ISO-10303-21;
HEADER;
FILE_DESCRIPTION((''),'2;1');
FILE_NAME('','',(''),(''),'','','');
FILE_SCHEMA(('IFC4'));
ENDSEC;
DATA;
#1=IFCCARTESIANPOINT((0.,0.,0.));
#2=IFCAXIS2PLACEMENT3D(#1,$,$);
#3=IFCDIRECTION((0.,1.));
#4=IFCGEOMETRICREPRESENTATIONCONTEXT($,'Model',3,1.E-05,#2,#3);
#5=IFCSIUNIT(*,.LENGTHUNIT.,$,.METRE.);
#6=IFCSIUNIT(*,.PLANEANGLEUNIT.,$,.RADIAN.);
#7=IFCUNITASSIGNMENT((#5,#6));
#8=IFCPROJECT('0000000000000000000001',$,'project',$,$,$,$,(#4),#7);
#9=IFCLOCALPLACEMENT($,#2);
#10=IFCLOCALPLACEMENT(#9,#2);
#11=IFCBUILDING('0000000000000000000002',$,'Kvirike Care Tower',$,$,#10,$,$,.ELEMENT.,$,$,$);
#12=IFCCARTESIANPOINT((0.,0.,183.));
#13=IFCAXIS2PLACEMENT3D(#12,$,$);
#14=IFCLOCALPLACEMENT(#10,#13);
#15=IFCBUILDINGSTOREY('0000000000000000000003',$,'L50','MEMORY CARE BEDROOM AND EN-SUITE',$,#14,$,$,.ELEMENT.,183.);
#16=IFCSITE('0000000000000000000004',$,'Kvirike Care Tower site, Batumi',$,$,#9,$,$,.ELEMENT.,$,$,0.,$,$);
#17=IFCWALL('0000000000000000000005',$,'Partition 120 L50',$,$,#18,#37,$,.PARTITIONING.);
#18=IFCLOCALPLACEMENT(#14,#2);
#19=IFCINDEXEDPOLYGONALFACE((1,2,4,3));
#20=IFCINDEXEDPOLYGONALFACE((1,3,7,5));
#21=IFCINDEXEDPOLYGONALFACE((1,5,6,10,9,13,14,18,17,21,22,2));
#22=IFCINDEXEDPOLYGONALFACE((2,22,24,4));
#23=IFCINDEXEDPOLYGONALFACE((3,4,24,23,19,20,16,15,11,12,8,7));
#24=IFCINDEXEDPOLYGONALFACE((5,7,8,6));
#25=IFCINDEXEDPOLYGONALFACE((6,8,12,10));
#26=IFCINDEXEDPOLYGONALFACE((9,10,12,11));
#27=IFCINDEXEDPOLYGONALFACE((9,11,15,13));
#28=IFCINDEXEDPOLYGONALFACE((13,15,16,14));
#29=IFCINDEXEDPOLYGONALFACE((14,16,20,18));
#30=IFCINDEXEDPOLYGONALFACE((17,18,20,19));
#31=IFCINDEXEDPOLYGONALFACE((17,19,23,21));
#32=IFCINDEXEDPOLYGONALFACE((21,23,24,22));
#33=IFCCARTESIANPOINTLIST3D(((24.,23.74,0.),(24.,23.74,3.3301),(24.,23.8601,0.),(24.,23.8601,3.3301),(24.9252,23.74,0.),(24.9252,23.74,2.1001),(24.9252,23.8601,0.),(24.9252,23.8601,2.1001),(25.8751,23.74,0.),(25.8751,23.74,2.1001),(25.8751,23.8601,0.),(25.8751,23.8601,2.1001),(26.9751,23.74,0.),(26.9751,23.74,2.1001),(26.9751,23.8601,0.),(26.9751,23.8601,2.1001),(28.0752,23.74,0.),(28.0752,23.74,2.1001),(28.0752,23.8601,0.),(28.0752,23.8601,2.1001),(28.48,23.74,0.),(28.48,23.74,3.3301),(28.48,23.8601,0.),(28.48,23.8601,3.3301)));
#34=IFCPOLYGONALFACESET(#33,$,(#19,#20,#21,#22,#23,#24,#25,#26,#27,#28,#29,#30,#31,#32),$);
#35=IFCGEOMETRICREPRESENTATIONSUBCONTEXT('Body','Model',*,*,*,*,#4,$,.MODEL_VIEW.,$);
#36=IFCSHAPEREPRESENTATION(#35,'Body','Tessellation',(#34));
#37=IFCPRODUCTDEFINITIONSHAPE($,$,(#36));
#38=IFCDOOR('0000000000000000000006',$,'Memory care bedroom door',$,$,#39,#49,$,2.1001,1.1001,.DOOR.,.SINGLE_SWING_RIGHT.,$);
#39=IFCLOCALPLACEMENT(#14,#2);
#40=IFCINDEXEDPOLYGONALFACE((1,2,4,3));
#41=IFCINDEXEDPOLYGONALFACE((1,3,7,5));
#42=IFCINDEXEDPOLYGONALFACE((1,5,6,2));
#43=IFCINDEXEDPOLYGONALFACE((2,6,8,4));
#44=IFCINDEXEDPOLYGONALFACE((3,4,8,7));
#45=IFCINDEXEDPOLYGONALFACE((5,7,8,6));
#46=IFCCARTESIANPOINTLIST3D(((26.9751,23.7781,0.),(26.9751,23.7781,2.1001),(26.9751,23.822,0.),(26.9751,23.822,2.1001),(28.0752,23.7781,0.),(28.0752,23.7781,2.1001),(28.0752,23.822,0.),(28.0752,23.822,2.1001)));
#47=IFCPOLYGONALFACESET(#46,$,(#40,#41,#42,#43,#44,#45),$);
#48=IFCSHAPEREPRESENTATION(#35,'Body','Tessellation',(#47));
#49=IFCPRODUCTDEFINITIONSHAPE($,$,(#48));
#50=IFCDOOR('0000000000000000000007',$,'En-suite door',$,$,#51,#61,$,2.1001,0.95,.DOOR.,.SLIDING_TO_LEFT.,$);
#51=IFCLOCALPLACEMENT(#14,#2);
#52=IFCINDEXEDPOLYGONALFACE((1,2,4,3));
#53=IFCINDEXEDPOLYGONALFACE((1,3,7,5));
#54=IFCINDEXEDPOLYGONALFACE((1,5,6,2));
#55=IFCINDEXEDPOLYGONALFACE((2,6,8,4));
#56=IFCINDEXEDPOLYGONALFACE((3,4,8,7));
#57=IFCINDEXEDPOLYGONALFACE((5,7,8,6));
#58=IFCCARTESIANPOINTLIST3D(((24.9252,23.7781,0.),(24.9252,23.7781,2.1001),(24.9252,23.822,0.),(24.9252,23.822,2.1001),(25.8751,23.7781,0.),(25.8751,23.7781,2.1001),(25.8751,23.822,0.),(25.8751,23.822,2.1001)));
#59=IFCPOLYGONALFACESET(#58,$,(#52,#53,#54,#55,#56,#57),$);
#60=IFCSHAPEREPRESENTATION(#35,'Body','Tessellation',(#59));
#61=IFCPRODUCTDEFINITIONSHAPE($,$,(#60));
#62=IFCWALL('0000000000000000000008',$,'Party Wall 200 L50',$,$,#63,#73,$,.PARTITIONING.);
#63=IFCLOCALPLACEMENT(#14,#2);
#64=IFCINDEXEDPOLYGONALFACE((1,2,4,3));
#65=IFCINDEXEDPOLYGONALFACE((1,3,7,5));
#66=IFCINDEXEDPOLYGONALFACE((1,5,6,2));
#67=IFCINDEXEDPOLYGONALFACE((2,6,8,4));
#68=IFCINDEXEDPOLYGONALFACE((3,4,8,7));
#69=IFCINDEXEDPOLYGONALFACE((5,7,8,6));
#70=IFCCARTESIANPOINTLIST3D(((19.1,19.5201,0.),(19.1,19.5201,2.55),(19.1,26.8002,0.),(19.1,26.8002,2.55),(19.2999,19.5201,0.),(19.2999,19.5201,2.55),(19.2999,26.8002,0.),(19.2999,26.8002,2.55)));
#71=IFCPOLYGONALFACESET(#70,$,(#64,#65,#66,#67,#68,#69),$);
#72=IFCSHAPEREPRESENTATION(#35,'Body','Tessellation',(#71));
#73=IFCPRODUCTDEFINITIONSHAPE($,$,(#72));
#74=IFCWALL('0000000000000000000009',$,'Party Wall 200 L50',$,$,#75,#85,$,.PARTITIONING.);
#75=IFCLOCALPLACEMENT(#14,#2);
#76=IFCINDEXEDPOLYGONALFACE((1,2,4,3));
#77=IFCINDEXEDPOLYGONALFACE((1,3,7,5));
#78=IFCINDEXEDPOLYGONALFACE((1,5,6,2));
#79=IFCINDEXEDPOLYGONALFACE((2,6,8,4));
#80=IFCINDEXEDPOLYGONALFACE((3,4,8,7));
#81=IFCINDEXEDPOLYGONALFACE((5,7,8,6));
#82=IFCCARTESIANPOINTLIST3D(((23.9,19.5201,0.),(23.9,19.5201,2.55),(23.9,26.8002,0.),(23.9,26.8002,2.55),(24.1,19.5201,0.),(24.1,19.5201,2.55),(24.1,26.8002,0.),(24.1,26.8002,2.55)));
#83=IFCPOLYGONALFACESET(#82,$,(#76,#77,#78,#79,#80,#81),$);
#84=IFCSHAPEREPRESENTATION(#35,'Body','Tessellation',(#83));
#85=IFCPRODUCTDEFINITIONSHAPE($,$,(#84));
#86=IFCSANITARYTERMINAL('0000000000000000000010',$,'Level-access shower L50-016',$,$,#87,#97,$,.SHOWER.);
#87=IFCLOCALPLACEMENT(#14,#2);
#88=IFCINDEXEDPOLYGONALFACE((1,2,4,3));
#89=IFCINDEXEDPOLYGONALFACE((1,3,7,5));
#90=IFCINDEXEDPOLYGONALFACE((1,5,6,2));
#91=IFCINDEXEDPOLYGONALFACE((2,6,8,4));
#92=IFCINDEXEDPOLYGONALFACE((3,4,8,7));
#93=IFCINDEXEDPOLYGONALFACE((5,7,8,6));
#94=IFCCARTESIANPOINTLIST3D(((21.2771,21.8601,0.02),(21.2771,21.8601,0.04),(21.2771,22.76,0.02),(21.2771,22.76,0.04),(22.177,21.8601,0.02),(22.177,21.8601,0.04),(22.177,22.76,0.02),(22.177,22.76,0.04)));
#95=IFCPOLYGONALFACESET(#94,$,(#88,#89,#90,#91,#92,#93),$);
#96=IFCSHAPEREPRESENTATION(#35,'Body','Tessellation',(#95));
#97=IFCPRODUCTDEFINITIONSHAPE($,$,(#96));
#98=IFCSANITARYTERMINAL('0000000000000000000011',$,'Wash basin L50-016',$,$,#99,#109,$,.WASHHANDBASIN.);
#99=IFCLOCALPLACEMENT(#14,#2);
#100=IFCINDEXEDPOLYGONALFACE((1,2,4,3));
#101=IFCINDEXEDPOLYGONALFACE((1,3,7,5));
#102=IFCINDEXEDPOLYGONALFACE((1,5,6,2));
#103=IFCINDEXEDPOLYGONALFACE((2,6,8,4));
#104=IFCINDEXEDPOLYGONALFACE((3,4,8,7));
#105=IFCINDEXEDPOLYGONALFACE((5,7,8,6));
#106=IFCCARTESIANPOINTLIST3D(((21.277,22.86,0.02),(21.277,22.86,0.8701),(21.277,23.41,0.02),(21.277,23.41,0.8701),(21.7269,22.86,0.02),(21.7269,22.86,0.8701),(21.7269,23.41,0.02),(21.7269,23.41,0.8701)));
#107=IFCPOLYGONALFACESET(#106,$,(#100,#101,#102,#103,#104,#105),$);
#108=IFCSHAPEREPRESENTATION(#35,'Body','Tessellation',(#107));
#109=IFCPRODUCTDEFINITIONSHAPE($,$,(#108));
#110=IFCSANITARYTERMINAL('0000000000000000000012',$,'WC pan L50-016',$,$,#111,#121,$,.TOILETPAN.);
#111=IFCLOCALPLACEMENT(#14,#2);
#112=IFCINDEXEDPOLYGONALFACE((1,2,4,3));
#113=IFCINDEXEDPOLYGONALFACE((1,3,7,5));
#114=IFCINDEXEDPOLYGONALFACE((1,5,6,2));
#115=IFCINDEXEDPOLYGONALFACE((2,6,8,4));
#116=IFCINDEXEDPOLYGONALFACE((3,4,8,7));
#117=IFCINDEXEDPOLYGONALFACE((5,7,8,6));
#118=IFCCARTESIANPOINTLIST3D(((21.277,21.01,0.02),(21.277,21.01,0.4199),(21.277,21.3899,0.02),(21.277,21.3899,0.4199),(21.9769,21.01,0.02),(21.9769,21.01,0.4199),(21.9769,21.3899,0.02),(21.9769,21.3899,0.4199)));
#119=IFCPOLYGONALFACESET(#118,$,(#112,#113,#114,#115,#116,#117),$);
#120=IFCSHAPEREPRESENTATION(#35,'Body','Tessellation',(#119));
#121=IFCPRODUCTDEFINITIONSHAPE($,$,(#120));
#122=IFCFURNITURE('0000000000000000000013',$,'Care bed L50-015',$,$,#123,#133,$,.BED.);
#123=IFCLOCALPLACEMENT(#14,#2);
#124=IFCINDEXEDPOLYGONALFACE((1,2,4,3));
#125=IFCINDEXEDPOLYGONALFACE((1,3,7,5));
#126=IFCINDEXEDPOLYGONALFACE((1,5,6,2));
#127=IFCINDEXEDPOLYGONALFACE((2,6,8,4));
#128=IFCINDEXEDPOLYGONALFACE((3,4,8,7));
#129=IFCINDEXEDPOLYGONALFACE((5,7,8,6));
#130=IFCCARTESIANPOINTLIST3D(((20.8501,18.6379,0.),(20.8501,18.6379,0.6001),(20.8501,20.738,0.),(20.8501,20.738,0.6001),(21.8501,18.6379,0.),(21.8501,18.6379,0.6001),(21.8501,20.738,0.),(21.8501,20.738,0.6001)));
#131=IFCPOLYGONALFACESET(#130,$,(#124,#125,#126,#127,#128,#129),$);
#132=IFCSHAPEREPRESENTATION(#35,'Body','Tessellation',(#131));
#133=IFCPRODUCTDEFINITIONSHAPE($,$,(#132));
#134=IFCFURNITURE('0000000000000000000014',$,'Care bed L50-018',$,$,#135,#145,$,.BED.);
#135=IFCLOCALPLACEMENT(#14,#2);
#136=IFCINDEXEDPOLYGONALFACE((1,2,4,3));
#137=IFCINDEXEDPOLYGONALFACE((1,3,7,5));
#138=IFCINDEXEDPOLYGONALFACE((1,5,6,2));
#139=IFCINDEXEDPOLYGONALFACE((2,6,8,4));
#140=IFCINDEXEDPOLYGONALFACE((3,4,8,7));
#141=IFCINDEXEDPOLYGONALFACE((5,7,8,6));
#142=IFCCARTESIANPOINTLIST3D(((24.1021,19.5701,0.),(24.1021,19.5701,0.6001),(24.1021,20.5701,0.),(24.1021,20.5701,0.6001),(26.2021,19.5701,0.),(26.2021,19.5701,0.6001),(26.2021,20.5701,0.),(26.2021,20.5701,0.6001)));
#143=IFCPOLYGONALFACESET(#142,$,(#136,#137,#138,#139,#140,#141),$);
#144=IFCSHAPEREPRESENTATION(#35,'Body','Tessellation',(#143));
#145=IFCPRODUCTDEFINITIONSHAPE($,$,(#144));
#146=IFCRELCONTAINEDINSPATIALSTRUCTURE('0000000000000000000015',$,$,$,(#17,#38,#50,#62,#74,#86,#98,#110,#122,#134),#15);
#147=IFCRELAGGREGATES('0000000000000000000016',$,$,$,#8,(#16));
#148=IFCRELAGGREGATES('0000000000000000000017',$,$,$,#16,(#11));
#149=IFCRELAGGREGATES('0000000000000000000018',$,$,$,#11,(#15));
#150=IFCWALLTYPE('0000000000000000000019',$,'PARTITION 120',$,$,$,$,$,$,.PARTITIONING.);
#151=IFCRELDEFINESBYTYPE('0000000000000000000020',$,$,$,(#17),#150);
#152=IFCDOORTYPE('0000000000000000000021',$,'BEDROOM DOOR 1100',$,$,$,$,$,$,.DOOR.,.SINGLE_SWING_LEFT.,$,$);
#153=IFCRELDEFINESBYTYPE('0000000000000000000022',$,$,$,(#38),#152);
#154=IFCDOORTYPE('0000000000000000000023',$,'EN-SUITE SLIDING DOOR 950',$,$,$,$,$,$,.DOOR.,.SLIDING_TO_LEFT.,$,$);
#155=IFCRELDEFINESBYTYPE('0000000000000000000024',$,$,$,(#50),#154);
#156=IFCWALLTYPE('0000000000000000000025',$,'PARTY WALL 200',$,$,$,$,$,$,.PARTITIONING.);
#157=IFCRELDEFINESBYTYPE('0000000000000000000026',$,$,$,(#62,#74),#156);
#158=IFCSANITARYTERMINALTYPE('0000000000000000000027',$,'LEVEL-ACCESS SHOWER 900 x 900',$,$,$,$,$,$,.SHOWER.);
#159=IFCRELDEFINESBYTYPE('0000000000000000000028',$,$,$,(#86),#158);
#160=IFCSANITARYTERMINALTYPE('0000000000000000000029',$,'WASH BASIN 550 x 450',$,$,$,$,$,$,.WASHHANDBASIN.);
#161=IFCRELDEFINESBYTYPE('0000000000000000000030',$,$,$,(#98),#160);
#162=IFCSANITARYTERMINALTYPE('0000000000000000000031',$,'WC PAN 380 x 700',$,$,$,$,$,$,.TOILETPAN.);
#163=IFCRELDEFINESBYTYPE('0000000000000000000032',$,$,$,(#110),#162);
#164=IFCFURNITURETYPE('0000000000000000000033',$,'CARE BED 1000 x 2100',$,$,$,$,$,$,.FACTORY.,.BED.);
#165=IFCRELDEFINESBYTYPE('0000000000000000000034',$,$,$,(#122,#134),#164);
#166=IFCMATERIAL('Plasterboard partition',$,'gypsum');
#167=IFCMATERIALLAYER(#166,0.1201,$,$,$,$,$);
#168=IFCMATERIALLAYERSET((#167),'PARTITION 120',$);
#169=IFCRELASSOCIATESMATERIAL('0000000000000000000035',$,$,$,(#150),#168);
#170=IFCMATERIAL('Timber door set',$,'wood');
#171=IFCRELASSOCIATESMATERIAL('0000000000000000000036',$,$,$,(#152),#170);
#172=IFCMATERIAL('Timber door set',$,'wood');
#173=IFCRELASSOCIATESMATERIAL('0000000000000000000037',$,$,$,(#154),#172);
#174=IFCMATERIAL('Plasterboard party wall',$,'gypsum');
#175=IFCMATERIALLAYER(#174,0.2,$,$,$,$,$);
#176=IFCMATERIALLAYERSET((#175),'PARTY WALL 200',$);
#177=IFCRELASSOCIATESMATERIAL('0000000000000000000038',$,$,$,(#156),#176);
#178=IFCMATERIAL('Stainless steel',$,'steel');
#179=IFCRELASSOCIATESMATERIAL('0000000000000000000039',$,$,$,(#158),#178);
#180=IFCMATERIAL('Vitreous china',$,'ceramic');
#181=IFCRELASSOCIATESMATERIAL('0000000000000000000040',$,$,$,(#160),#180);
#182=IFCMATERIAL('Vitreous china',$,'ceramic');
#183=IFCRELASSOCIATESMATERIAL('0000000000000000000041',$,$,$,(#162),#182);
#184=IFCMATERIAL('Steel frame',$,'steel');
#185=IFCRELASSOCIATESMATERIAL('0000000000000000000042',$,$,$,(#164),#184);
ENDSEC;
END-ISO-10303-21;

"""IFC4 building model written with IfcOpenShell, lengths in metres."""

from ifc_helpers import new_model, si_unit, direction, frame, frame_2d, origin, origin_2d, place, context, subcontext, project, spatial, rectangle, extrude, material, layer, layer_set, type_object, element, fill, save


model = new_model("IFC4")

# Units and contexts
model_context = context("Model", 3, precision=1e-05, world=origin(), true_north=direction((0.0, 1.0)))
body_context = subcontext(model_context, "Body", "Model", "MODEL_VIEW")
ifc_project = project(units=[si_unit("LENGTHUNIT", "METRE"), si_unit("PLANEANGLEUNIT", "RADIAN")], contexts=[model_context])

# Site, building, storey
site_placement = place(None, origin())
site = spatial("IfcSite", under=ifc_project, at=site_placement, Name="Kvirike Care Tower site, Batumi", CompositionType="ELEMENT", RefElevation=0.0)
building_placement = place(site_placement, origin())
building = spatial("IfcBuilding", under=site, at=building_placement, Name="Kvirike Care Tower", CompositionType="ELEMENT")
storey_placement = place(building_placement, frame((0.0, 0.0, 183.0)))
storey = spatial("IfcBuildingStorey", under=building, at=storey_placement, Name="L50", Description="MEMORY CARE BEDROOM AND EN-SUITE", CompositionType="ELEMENT", Elevation=183.0)

# Wall, openings, doors
ifc_material_1 = material(Name="Plasterboard partition", Category="gypsum")
ifc_layer_1 = layer(ifc_material_1, 0.1201)
ifc_layer_set_1 = layer_set([ifc_layer_1], Name="PARTITION 120")
wall_type_1 = type_object("IfcWallType", Name="PARTITION 120", PredefinedType="PARTITIONING", material=ifc_layer_set_1)
ifc_material_2 = material(Name="Timber door set", Category="wood")
door_type_1 = type_object("IfcDoorType", Name="BEDROOM DOOR 1100", OperationType="SINGLE_SWING_LEFT", PredefinedType="DOOR", material=ifc_material_2)
ifc_material_3 = material(Name="Timber door set", Category="wood")
door_type_2 = type_object("IfcDoorType", Name="EN-SUITE SLIDING DOOR 950", OperationType="SLIDING_TO_LEFT", PredefinedType="DOOR", material=ifc_material_3)
wall_1_placement = place(storey_placement, frame((24.0, 23.8, 0.0), z_axis=(0.0, 0.0, 1.0), x_axis=(1.0, 0.0, 0.0)))
wall_1 = element("IfcWall", 1, at=wall_1_placement, inside=storey, type_object=wall_type_1, Name="Partition 120 L50", PredefinedType="PARTITIONING", context=body_context, shape_type="SweptSolid", body=[
    extrude(rectangle(XDim=4.48, YDim=0.1201, at=frame_2d((2.24, 0.0))), origin(), (0.0, 0.0, 1.0), 3.3301),
])
opening_1_placement = place(wall_1_placement, frame((2.9751, 0.0, 0.0)))
opening_1 = element("IfcOpeningElement", 2, at=opening_1_placement, cuts=wall_1, PredefinedType="OPENING", context=body_context, shape_type="SweptSolid", body=[
    extrude(rectangle(XDim=1.1001, YDim=2.1001, at=frame_2d((0.55, 1.05))), frame((0.0, 0.0706, 0.0), z_axis=(0.0, -1.0, 0.0), x_axis=(1.0, 0.0, 0.0)), (0.0, 0.0, 1.0), 0.1411),
])
opening_2_placement = place(wall_1_placement, frame((0.925, 0.0, 0.0)))
opening_2 = element("IfcOpeningElement", 3, at=opening_2_placement, cuts=wall_1, PredefinedType="OPENING", context=body_context, shape_type="SweptSolid", body=[
    extrude(rectangle(XDim=0.95, YDim=2.1001, at=frame_2d((0.4751, 1.05))), frame((0.0, 0.0706, 0.0), z_axis=(0.0, -1.0, 0.0), x_axis=(1.0, 0.0, 0.0)), (0.0, 0.0, 1.0), 0.1411),
])
door_1_placement = place(opening_1_placement, origin())
door_1 = element("IfcDoor", 4, at=door_1_placement, inside=storey, type_object=door_type_1, Name="Memory care bedroom door", OperationType="SINGLE_SWING_RIGHT", OverallHeight=2.1001, OverallWidth=1.1001, PredefinedType="DOOR", context=body_context, shape_type="SweptSolid", body=[
    extrude(rectangle(XDim=1.1001, YDim=2.1001, at=frame_2d((0.55, 1.05))), frame((0.0, 0.022, 0.0), z_axis=(0.0, -1.0, 0.0), x_axis=(1.0, 0.0, 0.0)), (0.0, 0.0, 1.0), 0.0439),
])
fill(opening_1, door_1)
door_2_placement = place(opening_2_placement, origin())
door_2 = element("IfcDoor", 5, at=door_2_placement, inside=storey, type_object=door_type_2, Name="En-suite door", OperationType="SLIDING_TO_LEFT", OverallHeight=2.1001, OverallWidth=0.95, PredefinedType="DOOR", context=body_context, shape_type="SweptSolid", body=[
    extrude(rectangle(XDim=0.95, YDim=2.1001, at=frame_2d((0.4751, 1.05))), frame((0.0, 0.022, 0.0), z_axis=(0.0, -1.0, 0.0), x_axis=(1.0, 0.0, 0.0)), (0.0, 0.0, 1.0), 0.0439),
])
fill(opening_2, door_2)

# Walls
ifc_material_4 = material(Name="Plasterboard party wall", Category="gypsum")
ifc_layer_2 = layer(ifc_material_4, 0.2)
ifc_layer_set_2 = layer_set([ifc_layer_2], Name="PARTY WALL 200")
wall_type_2 = type_object("IfcWallType", Name="PARTY WALL 200", PredefinedType="PARTITIONING", material=ifc_layer_set_2)
for number, where, z_axis, x_axis, name in (
    (6, (19.2, 19.52, 0.0), (0.0, 0.0, 1.0), (0.0, 1.0, 0.0), "Party Wall 200 L50"),
    (7, (24.0, 19.52, 0.0), (0.0, 0.0, 1.0), (0.0, 1.0, 0.0), "Party Wall 200 L50"),
):
    element("IfcWall", number, at=place(storey_placement, frame(where, z_axis=z_axis, x_axis=x_axis)), inside=storey, type_object=wall_type_2, Name=name, PredefinedType="PARTITIONING", context=body_context, shape_type="SweptSolid", body=[
        extrude(rectangle(XDim=7.28, YDim=0.2, at=frame_2d((3.6401, 0.0))), origin(), (0.0, 0.0, 1.0), 2.55),
    ])

# Sanitary terminals
ifc_material_5 = material(Name="Stainless steel", Category="steel")
sanitary_terminal_type_1 = type_object("IfcSanitaryTerminalType", Name="LEVEL-ACCESS SHOWER 900 x 900", PredefinedType="SHOWER", material=ifc_material_5)
sanitary_terminal_1_placement = place(storey_placement, frame((21.7271, 22.3101, 0.02), z_axis=(0.0, 0.0, 1.0), x_axis=(0.0, 1.0, 0.0)))
element("IfcSanitaryTerminal", 8, at=sanitary_terminal_1_placement, inside=storey, type_object=sanitary_terminal_type_1, Name="Level-access shower L50-016", PredefinedType="SHOWER", context=body_context, shape_type="SweptSolid", body=[
    extrude(rectangle(XDim=0.8999, YDim=0.8999, at=origin_2d()), origin(), (0.0, 0.0, 1.0), 0.02),
])
ifc_material_6 = material(Name="Vitreous china", Category="ceramic")
sanitary_terminal_type_2 = type_object("IfcSanitaryTerminalType", Name="WASH BASIN 550 x 450", PredefinedType="WASHHANDBASIN", material=ifc_material_6)
sanitary_terminal_2_placement = place(storey_placement, frame((21.502, 23.135, 0.02), z_axis=(0.0, 0.0, 1.0), x_axis=(0.0, 1.0, 0.0)))
element("IfcSanitaryTerminal", 9, at=sanitary_terminal_2_placement, inside=storey, type_object=sanitary_terminal_type_2, Name="Wash basin L50-016", PredefinedType="WASHHANDBASIN", context=body_context, shape_type="SweptSolid", body=[
    extrude(rectangle(XDim=0.55, YDim=0.45, at=origin_2d()), origin(), (0.0, 0.0, 1.0), 0.8501),
])
ifc_material_7 = material(Name="Vitreous china", Category="ceramic")
sanitary_terminal_type_3 = type_object("IfcSanitaryTerminalType", Name="WC PAN 380 x 700", PredefinedType="TOILETPAN", material=ifc_material_7)
sanitary_terminal_3_placement = place(storey_placement, frame((21.627, 21.2, 0.02), z_axis=(0.0, 0.0, 1.0), x_axis=(0.0, 1.0, 0.0)))
element("IfcSanitaryTerminal", 10, at=sanitary_terminal_3_placement, inside=storey, type_object=sanitary_terminal_type_3, Name="WC pan L50-016", PredefinedType="TOILETPAN", context=body_context, shape_type="SweptSolid", body=[
    extrude(rectangle(XDim=0.3799, YDim=0.7, at=origin_2d()), origin(), (0.0, 0.0, 1.0), 0.3999),
])

# Furniture
ifc_material_8 = material(Name="Steel frame", Category="steel")
furniture_type = type_object("IfcFurnitureType", Name="CARE BED 1000 x 2100", AssemblyPlace="FACTORY", PredefinedType="BED", material=ifc_material_8)
for number, where, z_axis, x_axis, name in (
    (11, (21.3501, 19.688, 0.0), (0.0, 0.0, 1.0), (1.0, 0.0, 0.0), "Care bed L50-015"),
    (12, (25.1521, 20.0701, 0.0), (0.0, 0.0, 1.0), (0.0, 1.0, 0.0), "Care bed L50-018"),
):
    element("IfcFurniture", number, at=place(storey_placement, frame(where, z_axis=z_axis, x_axis=x_axis)), inside=storey, type_object=furniture_type, Name=name, PredefinedType="BED", context=body_context, shape_type="SweptSolid", body=[
        extrude(rectangle(XDim=1.0, YDim=2.1001, at=origin_2d()), origin(), (0.0, 0.0, 1.0), 0.6001),
    ])

save(model, "model.ifc")
